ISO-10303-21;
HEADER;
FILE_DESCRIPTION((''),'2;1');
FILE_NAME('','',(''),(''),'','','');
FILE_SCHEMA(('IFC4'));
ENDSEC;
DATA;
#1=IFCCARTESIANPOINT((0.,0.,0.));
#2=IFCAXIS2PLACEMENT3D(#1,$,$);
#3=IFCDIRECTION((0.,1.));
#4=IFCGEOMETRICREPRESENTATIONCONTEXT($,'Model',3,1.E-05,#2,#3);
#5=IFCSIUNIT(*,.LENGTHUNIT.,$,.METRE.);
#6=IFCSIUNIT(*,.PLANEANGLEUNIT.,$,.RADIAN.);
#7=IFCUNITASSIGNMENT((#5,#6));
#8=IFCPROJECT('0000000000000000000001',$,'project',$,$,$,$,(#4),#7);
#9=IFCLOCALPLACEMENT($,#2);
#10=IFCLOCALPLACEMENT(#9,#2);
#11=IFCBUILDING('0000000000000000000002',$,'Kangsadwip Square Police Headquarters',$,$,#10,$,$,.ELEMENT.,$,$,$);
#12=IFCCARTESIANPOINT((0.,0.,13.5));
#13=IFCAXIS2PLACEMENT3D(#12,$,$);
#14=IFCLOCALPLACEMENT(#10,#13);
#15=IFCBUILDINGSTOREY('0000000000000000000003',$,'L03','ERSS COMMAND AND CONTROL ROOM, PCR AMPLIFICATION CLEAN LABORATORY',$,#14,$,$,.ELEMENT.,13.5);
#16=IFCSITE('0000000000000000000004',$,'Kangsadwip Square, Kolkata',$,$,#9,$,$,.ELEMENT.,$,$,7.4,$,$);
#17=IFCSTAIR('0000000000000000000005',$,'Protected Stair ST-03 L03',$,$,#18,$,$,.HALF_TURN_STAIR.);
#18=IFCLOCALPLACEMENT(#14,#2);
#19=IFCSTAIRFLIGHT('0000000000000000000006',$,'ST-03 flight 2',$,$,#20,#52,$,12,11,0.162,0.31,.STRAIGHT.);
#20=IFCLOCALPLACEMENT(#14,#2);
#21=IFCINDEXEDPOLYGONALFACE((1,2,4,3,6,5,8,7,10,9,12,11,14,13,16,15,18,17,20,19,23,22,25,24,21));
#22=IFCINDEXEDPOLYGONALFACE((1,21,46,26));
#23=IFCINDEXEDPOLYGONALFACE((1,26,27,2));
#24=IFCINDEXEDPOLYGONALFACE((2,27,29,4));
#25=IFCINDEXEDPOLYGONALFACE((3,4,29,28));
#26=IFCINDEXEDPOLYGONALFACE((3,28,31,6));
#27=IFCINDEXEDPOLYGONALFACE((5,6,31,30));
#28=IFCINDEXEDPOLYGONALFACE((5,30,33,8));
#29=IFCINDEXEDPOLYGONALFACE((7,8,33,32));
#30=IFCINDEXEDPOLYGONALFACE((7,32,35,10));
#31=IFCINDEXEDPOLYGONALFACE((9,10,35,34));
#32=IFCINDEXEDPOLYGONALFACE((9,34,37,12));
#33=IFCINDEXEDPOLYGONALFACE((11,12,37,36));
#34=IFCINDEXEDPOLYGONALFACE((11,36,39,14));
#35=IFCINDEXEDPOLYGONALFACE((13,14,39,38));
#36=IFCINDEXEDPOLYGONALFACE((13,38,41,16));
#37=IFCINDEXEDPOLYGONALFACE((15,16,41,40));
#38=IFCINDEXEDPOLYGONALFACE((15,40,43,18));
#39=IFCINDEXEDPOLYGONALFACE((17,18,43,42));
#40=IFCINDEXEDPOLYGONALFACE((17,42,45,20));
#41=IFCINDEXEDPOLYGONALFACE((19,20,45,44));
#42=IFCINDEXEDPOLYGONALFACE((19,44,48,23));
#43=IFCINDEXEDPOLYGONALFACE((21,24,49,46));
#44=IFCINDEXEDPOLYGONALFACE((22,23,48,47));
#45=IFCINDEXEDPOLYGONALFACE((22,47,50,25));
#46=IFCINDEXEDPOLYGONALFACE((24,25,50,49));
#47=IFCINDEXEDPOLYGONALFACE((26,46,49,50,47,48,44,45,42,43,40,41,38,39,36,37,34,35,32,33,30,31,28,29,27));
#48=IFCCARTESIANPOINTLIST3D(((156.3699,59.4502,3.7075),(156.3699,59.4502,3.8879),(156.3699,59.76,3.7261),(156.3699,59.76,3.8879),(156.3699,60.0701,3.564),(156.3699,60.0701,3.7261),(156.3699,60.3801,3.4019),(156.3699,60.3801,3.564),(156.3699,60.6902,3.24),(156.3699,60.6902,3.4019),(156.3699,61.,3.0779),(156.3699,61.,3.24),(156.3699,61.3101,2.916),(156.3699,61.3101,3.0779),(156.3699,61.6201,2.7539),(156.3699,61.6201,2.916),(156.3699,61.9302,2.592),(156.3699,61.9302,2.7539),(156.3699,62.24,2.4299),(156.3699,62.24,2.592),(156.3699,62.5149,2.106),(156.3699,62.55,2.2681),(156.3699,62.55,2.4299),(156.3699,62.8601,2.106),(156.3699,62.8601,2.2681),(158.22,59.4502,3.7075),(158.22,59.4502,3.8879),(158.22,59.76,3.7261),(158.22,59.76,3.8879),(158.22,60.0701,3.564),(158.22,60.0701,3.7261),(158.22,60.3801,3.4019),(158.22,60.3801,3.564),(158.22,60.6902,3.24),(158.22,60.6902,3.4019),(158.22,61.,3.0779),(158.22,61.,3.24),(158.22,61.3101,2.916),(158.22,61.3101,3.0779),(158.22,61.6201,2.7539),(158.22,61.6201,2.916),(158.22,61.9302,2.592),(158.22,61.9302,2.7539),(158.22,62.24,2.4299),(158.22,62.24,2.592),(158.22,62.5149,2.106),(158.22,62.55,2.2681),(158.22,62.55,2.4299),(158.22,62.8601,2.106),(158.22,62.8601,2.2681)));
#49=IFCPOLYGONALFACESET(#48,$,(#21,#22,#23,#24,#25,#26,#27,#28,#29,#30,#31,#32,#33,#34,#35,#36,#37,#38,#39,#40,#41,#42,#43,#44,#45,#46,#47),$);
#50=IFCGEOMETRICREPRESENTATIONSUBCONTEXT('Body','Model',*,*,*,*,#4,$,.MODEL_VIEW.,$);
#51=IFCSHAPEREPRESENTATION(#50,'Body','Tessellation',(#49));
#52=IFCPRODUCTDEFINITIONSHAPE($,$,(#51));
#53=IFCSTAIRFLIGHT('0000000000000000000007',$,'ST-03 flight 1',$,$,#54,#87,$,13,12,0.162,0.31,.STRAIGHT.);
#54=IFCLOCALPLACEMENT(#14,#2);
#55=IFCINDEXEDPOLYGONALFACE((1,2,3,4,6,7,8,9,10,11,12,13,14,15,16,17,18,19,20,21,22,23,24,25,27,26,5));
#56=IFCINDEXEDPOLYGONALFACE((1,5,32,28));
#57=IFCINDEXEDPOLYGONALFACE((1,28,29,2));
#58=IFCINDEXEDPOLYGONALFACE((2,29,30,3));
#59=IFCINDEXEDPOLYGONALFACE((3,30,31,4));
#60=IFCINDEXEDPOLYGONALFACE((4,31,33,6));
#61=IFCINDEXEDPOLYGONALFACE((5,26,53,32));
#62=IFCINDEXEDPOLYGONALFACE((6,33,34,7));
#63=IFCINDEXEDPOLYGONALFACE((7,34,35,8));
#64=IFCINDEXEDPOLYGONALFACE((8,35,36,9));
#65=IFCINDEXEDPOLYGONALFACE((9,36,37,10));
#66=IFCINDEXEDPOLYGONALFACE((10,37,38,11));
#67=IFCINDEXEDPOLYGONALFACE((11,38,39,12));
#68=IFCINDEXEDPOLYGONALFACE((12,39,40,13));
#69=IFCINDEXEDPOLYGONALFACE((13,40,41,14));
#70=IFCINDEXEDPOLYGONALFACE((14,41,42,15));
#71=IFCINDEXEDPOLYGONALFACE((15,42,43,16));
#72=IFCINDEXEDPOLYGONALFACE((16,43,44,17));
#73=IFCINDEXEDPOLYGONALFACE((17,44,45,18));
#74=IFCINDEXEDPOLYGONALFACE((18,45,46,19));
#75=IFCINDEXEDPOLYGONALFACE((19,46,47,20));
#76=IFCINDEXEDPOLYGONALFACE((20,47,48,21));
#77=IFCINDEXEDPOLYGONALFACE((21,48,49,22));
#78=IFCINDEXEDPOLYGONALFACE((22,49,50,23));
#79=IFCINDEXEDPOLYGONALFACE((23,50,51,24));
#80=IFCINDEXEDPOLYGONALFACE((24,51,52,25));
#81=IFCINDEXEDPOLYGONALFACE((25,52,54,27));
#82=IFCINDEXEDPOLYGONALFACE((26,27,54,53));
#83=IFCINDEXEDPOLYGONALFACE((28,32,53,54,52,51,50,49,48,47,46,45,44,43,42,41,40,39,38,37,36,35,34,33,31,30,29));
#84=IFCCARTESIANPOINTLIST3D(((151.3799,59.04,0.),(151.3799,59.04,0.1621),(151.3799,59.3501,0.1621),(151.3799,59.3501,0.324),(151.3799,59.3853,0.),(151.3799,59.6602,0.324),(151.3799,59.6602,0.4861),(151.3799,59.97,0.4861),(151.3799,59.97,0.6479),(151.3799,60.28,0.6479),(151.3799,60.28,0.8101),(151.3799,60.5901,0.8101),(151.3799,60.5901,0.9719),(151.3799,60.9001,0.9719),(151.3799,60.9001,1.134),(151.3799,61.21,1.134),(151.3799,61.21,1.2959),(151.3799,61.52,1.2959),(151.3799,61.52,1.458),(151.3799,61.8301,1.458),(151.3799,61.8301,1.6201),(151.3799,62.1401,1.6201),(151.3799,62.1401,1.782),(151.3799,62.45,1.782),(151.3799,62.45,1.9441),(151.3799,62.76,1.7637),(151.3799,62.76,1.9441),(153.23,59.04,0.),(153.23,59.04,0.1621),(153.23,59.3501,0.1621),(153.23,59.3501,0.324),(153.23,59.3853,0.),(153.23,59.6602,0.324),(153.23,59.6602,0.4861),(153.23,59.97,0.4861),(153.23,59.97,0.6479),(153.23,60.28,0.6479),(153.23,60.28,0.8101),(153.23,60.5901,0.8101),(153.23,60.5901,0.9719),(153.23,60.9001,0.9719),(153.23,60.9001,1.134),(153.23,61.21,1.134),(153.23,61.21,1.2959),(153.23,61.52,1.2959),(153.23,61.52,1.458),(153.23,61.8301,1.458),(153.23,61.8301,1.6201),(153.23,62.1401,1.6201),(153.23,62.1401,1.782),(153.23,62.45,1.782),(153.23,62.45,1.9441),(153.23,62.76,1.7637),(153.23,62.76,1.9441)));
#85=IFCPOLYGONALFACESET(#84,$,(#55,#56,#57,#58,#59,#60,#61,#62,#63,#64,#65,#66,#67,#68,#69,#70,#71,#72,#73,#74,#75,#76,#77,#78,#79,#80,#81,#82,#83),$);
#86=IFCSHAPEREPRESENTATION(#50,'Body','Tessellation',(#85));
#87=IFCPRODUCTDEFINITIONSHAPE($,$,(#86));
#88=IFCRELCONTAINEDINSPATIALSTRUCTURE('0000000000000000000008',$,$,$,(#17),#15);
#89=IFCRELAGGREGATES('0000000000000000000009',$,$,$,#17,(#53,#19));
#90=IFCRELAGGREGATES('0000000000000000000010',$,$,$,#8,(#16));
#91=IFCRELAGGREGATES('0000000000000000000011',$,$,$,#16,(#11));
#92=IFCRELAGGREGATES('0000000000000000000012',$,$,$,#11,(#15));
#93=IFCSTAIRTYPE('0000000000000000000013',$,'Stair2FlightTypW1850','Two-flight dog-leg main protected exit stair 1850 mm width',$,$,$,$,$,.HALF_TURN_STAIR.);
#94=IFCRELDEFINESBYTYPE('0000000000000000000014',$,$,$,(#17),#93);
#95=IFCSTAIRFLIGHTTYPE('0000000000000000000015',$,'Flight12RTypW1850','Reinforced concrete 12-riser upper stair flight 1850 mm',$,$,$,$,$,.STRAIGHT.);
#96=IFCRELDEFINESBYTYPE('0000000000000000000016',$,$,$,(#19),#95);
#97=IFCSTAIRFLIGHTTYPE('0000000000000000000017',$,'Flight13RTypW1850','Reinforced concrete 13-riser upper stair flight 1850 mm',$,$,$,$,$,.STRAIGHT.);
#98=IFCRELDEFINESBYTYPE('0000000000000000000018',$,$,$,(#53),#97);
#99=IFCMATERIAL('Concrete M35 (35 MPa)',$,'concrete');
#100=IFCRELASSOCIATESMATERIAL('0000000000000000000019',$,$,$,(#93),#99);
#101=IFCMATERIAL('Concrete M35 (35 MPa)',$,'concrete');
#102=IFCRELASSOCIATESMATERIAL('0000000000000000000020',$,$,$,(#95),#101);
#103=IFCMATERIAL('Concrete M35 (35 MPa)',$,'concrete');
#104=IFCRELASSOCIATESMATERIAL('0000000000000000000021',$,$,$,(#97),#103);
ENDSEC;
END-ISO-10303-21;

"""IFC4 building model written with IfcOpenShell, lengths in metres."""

from ifc_helpers import new_model, si_unit, direction, frame, origin, place, context, subcontext, project, spatial, polyline, outline, extrude, material, type_object, element, aggregate, save


model = new_model("IFC4")

# Units and contexts
model_context = context("Model", 3, precision=1e-05, world=origin(), true_north=direction((0.0, 1.0)))
body_context = subcontext(model_context, "Body", "Model", "MODEL_VIEW")
ifc_project = project(units=[si_unit("LENGTHUNIT", "METRE"), si_unit("PLANEANGLEUNIT", "RADIAN")], contexts=[model_context])

# Site, building, storey
site_placement = place(None, origin())
site = spatial("IfcSite", under=ifc_project, at=site_placement, Name="Kangsadwip Square, Kolkata", CompositionType="ELEMENT", RefElevation=7.4)
building_placement = place(site_placement, origin())
building = spatial("IfcBuilding", under=site, at=building_placement, Name="Kangsadwip Square Police Headquarters", CompositionType="ELEMENT")
storey_placement = place(building_placement, frame((0.0, 0.0, 13.5)))
storey = spatial("IfcBuildingStorey", under=building, at=storey_placement, Name="L03", Description="ERSS COMMAND AND CONTROL ROOM, PCR AMPLIFICATION CLEAN LABORATORY", CompositionType="ELEMENT", Elevation=13.5)

# Stair, stair flights
ifc_material_1 = material(Name="Concrete M35 (35 MPa)", Category="concrete")
stair_type = type_object("IfcStairType", Name="Stair2FlightTypW1850", Description="Two-flight dog-leg main protected exit stair 1850 mm width", PredefinedType="HALF_TURN_STAIR", material=ifc_material_1)
stair_placement = place(storey_placement, origin())
stair = element("IfcStair", 1, at=stair_placement, inside=storey, type_object=stair_type, Name="Protected Stair ST-03 L03", PredefinedType="HALF_TURN_STAIR")
ifc_material_2 = material(Name="Concrete M35 (35 MPa)", Category="concrete")
stair_flight_type_1 = type_object("IfcStairFlightType", Name="Flight12RTypW1850", Description="Reinforced concrete 12-riser upper stair flight 1850 mm", PredefinedType="STRAIGHT", material=ifc_material_2)
stair_flight_1_placement = place(storey_placement, frame((157.2949, 62.8601, 2.106), z_axis=(0.0, 0.0, 1.0), x_axis=(0.0, -1.0, 0.0)))
stair_flight_1 = element("IfcStairFlight", 2, at=stair_flight_1_placement, type_object=stair_flight_type_1, Name="ST-03 flight 2", NumberOfRisers=12, NumberOfTreads=11, PredefinedType="STRAIGHT", RiserHeight=0.162, TreadLength=0.31, context=body_context, shape_type="SweptSolid", body=[
    extrude(outline(polyline([(0.0, 0.0), (0.0, 0.1621), (0.3101, 0.1621), (0.3101, 0.324), (0.6201, 0.324), (0.6201, 0.4861), (0.9299, 0.4861), (0.9299, 0.6479), (1.24, 0.6479), (1.24, 0.8101), (1.55, 0.8101), (1.55, 0.9719), (1.8601, 0.9719), (1.8601, 1.134), (2.1699, 1.134), (2.1699, 1.2959), (2.48, 1.2959), (2.48, 1.458), (2.79, 1.458), (2.79, 1.6201), (3.1001, 1.6201), (3.1001, 1.782), (3.4099, 1.782), (3.4099, 1.9441), (3.4099, 1.6016), (0.3452, 0.0), (0.0, 0.0)])), frame((0.0, 0.925, 0.0), z_axis=(0.0, -1.0, 0.0), x_axis=(1.0, 0.0, 0.0)), (0.0, 0.0, 1.0), 1.8501),
])
ifc_material_3 = material(Name="Concrete M35 (35 MPa)", Category="concrete")
stair_flight_type_2 = type_object("IfcStairFlightType", Name="Flight13RTypW1850", Description="Reinforced concrete 13-riser upper stair flight 1850 mm", PredefinedType="STRAIGHT", material=ifc_material_3)
stair_flight_2_placement = place(storey_placement, frame((152.3049, 59.04, 0.0), z_axis=(0.0, 0.0, 1.0), x_axis=(0.0, 1.0, 0.0)))
stair_flight_2 = element("IfcStairFlight", 3, at=stair_flight_2_placement, type_object=stair_flight_type_2, Name="ST-03 flight 1", NumberOfRisers=13, NumberOfTreads=12, PredefinedType="STRAIGHT", RiserHeight=0.162, TreadLength=0.31, context=body_context, shape_type="SweptSolid", body=[
    extrude(outline(polyline([(0.0, 0.0), (0.0, 0.1621), (0.3101, 0.1621), (0.3101, 0.324), (0.6201, 0.324), (0.6201, 0.4861), (0.9299, 0.4861), (0.9299, 0.6479), (1.24, 0.6479), (1.24, 0.8101), (1.55, 0.8101), (1.55, 0.9719), (1.8601, 0.9719), (1.8601, 1.134), (2.1699, 1.134), (2.1699, 1.2959), (2.48, 1.2959), (2.48, 1.458), (2.79, 1.458), (2.79, 1.6201), (3.1001, 1.6201), (3.1001, 1.782), (3.4099, 1.782), (3.4099, 1.9441), (3.72, 1.9441), (3.72, 2.106), (3.72, 1.7637), (0.3452, 0.0), (0.0, 0.0)])), frame((0.0, 0.925, 0.0), z_axis=(0.0, -1.0, 0.0), x_axis=(1.0, 0.0, 0.0)), (0.0, 0.0, 1.0), 1.8501),
])
aggregate(stair, [stair_flight_2, stair_flight_1])

save(model, "model.ifc")
